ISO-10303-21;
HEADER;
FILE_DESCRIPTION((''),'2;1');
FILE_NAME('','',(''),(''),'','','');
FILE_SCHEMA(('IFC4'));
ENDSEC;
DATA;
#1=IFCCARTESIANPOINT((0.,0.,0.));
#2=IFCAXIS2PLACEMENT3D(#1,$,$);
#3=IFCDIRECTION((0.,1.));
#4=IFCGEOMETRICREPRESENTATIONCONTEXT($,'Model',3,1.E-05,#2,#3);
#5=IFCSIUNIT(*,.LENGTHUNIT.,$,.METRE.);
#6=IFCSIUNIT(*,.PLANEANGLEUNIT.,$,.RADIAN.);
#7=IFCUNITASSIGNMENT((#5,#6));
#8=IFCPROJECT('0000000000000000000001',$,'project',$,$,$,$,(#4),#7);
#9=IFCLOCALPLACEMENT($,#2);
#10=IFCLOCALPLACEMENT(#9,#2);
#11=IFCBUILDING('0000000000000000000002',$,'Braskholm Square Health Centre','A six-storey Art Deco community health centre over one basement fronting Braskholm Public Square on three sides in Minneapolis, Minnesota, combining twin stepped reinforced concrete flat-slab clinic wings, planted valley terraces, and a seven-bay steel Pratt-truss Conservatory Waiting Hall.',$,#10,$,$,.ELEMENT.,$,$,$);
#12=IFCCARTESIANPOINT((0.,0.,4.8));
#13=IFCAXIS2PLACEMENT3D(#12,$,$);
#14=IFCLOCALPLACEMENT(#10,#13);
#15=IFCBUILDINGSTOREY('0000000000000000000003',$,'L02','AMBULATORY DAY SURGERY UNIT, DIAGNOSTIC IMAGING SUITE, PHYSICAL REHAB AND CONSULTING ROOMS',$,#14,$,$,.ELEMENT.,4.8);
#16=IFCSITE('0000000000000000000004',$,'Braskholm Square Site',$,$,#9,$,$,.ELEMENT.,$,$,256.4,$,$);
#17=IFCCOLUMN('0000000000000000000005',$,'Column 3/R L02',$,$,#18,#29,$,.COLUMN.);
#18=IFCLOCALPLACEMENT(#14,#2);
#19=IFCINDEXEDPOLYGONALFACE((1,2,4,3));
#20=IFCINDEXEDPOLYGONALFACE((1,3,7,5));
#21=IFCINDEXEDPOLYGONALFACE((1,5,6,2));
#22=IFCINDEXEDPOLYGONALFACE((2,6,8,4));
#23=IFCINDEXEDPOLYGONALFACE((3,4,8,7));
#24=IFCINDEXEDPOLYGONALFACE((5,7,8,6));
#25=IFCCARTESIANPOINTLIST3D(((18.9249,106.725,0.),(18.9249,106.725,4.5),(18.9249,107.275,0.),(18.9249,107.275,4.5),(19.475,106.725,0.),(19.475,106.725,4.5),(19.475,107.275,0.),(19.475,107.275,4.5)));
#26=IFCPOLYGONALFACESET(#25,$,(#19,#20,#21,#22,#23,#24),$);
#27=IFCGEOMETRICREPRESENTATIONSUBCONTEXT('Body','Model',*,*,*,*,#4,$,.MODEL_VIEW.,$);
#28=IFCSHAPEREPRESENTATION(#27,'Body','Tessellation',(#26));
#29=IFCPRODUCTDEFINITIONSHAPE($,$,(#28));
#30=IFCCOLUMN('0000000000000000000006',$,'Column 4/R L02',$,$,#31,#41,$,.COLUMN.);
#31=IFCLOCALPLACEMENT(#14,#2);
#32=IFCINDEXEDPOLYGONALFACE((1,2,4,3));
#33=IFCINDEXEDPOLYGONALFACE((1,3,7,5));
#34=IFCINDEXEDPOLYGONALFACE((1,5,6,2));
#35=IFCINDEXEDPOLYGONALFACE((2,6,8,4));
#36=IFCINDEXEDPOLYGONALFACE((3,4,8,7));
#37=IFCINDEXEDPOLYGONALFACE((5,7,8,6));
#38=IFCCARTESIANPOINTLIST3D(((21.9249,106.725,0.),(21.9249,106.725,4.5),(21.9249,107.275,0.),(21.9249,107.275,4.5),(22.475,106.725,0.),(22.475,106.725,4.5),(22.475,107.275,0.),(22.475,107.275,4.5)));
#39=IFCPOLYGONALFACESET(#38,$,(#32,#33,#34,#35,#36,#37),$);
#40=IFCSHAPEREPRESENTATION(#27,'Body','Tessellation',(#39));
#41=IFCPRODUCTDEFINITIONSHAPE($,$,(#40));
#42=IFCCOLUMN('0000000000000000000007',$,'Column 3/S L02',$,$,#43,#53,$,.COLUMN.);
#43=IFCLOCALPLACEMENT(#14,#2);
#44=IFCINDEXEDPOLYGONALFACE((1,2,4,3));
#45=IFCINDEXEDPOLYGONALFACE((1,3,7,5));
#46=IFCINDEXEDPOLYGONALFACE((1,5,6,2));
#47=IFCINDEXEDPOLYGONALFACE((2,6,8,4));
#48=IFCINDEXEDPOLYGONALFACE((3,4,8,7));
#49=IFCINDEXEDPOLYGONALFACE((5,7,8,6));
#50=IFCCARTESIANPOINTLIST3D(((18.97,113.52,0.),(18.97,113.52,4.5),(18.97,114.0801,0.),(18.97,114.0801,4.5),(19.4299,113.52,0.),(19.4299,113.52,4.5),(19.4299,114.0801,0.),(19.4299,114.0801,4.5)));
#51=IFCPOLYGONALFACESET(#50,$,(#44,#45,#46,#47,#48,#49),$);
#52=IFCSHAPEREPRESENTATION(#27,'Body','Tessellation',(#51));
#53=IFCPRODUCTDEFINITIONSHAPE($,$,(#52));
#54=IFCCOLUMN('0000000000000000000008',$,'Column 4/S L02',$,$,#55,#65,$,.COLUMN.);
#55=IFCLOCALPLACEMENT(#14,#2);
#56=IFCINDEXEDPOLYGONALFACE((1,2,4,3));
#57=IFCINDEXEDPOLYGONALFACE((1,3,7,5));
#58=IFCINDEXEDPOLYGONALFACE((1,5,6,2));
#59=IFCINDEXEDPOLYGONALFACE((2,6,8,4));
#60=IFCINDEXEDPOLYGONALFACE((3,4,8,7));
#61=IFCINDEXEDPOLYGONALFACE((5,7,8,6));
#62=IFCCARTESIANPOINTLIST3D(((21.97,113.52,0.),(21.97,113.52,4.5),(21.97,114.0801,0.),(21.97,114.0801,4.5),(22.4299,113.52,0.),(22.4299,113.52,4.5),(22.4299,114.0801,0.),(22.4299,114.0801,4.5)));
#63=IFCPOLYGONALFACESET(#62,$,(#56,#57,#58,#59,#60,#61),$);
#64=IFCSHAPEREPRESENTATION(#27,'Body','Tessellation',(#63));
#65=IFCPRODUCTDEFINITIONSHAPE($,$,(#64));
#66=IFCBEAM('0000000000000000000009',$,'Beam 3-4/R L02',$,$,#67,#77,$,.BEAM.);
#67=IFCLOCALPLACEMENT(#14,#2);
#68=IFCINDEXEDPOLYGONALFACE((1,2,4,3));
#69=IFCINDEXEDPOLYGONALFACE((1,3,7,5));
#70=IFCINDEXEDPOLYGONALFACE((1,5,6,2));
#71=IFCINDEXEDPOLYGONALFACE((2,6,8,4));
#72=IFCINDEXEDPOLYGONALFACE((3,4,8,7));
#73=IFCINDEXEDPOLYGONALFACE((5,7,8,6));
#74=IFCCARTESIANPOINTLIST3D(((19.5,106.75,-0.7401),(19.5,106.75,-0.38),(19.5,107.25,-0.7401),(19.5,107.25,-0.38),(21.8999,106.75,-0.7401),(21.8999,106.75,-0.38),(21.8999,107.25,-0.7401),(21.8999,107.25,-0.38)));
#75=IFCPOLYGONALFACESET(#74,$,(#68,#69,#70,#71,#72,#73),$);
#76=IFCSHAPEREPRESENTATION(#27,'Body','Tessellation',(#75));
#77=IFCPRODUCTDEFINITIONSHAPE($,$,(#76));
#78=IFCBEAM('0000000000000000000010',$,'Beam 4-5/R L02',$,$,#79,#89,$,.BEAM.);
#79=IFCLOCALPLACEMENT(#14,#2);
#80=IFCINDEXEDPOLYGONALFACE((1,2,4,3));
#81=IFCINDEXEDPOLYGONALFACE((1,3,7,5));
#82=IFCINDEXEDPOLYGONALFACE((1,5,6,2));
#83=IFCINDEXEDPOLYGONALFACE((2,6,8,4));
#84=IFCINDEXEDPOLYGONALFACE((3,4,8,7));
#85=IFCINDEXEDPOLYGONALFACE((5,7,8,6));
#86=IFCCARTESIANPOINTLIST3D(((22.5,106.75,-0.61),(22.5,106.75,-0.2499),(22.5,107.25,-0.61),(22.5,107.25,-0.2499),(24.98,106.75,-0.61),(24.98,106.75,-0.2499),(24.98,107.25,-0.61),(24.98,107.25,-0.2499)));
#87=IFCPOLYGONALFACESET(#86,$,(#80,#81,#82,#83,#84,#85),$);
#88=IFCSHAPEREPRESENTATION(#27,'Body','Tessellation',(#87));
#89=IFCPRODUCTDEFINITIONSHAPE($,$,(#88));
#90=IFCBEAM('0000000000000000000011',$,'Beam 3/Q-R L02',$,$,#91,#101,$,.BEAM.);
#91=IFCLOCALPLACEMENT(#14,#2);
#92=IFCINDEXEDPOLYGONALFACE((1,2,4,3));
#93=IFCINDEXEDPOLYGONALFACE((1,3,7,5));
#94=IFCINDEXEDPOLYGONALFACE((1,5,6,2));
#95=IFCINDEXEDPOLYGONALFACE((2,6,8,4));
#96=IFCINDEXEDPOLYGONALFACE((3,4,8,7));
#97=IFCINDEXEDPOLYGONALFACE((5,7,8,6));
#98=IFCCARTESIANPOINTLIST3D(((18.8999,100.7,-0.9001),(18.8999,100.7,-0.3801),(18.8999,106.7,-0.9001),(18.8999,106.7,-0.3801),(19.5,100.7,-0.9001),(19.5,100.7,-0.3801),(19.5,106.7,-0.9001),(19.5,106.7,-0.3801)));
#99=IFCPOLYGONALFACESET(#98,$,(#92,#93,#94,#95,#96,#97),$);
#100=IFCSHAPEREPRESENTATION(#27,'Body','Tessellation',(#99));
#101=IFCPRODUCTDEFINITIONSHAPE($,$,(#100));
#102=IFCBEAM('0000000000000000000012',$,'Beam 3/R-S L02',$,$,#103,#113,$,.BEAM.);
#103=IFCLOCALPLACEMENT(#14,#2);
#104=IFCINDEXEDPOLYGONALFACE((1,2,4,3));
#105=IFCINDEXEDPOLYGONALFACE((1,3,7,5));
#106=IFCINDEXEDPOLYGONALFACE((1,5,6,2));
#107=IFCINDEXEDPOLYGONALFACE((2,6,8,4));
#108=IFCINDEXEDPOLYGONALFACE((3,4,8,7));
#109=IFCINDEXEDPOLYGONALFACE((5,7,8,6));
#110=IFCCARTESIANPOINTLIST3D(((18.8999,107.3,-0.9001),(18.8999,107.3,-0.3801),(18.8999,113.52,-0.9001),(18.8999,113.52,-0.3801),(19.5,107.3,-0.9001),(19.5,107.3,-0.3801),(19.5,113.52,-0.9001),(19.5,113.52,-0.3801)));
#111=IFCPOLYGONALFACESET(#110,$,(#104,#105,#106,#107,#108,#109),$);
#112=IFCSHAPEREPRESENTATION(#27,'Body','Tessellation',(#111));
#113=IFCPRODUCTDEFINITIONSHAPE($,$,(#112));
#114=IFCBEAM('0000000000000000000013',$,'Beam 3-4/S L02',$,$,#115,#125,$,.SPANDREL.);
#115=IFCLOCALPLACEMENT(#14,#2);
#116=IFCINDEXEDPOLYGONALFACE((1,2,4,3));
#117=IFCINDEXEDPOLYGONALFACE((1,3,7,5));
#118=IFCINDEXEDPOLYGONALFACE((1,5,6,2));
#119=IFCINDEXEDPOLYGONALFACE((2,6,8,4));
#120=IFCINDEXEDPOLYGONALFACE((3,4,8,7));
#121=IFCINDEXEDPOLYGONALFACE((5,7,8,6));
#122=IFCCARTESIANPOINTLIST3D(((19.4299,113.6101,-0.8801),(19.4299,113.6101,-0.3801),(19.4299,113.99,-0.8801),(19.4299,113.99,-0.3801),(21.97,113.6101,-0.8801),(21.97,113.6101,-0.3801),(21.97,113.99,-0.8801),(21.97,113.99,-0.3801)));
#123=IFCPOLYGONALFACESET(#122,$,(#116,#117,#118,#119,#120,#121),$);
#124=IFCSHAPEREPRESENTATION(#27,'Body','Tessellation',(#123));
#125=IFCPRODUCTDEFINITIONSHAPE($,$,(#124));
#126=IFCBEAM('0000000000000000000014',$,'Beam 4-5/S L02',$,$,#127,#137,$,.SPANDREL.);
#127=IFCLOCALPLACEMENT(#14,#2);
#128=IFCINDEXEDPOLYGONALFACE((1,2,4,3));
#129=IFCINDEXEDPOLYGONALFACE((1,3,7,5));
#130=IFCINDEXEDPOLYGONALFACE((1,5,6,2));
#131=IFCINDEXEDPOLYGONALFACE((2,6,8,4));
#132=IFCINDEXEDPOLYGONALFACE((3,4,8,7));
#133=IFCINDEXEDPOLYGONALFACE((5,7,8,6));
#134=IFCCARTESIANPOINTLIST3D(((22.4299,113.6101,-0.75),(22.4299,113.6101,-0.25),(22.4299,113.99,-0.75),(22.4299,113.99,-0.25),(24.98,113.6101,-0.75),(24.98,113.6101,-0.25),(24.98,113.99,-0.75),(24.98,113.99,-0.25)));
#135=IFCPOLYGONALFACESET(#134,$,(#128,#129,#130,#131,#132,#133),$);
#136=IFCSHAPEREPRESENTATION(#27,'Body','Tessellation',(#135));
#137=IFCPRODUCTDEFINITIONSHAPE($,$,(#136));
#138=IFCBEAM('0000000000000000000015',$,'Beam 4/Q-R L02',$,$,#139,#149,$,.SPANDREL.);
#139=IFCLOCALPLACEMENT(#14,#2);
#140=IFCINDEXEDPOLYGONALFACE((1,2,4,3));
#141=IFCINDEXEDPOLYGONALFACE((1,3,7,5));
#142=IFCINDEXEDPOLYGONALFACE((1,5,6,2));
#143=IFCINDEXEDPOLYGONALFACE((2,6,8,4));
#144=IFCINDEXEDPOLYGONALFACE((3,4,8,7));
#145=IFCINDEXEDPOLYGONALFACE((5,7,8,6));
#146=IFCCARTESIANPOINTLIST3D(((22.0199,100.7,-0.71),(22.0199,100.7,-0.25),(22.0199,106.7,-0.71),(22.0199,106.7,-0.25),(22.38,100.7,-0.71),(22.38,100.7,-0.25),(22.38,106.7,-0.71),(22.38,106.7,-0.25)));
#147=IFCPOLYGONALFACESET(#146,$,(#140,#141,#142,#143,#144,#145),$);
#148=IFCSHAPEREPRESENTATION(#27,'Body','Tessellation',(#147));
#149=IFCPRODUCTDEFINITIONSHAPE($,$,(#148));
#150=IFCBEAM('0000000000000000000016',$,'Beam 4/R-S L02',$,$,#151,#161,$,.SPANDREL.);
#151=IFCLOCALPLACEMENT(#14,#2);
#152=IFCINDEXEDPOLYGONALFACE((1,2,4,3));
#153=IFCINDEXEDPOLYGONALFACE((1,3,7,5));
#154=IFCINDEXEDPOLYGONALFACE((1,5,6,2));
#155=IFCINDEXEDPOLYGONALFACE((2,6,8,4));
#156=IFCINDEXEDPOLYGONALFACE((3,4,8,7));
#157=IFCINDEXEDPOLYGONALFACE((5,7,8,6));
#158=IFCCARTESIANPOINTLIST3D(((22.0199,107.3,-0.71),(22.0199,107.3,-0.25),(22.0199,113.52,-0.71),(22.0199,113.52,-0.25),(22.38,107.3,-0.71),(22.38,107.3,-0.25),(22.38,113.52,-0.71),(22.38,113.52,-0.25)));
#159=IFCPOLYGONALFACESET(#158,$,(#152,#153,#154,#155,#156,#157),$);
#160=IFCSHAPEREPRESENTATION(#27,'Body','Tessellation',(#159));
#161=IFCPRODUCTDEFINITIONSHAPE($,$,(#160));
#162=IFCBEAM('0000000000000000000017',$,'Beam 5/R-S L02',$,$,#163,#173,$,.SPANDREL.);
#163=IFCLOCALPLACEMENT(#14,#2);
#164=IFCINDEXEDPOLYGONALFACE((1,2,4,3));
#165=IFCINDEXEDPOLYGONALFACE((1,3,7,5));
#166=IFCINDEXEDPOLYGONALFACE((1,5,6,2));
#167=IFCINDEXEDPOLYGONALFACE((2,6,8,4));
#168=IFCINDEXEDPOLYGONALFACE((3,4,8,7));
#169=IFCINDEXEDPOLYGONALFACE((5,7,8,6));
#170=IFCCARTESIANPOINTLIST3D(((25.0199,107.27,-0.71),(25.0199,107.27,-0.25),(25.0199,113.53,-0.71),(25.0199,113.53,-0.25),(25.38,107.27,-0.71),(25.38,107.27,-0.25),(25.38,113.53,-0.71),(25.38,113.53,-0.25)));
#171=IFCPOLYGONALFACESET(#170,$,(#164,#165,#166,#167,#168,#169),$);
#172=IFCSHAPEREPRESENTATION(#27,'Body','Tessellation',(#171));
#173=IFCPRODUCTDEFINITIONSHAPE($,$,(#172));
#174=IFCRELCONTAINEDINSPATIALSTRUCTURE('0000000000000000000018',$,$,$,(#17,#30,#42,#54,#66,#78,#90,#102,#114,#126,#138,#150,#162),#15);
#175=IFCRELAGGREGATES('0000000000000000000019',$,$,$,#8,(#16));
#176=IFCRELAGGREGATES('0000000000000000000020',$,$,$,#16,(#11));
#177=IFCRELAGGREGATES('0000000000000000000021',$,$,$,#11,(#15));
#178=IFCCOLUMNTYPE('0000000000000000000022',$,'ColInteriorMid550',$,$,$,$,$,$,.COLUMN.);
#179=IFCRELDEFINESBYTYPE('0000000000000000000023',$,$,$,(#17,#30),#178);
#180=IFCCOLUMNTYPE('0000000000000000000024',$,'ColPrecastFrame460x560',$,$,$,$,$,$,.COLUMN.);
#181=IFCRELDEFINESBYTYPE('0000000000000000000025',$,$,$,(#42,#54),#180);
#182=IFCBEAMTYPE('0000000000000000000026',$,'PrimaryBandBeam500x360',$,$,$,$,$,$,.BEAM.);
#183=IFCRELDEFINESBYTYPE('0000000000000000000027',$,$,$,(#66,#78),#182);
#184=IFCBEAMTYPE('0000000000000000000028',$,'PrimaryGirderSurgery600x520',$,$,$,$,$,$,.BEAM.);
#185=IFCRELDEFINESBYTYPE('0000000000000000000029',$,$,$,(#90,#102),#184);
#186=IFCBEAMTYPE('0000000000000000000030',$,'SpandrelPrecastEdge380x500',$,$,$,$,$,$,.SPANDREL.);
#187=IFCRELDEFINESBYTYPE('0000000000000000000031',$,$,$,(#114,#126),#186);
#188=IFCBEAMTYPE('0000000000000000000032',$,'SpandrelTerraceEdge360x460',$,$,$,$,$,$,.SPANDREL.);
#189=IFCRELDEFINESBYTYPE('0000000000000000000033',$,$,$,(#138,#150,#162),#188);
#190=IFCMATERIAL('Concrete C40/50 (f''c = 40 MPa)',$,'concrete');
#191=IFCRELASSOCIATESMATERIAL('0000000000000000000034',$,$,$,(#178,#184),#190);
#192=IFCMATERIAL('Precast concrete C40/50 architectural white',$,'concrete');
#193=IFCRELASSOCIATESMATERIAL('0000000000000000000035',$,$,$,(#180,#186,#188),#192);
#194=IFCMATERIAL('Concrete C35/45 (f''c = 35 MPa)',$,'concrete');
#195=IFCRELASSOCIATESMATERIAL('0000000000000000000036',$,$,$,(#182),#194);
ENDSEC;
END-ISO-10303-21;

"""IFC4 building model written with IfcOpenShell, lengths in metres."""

from ifc_helpers import new_model, si_unit, direction, frame, origin, origin_2d, place, context, subcontext, project, spatial, rectangle, extrude, material, material_profile, profile_set, type_object, element, save


model = new_model("IFC4")

# Units and contexts
model_context = context("Model", 3, precision=1e-05, world=origin(), true_north=direction((0.0, 1.0)))
body_context = subcontext(model_context, "Body", "Model", "MODEL_VIEW")
ifc_project = project(units=[si_unit("LENGTHUNIT", "METRE"), si_unit("PLANEANGLEUNIT", "RADIAN")], contexts=[model_context])

# Site, building, storey
site_placement = place(None, origin())
site = spatial("IfcSite", under=ifc_project, at=site_placement, Name="Braskholm Square Site", CompositionType="ELEMENT", RefElevation=256.4)
building_placement = place(site_placement, origin())
building = spatial("IfcBuilding", under=site, at=building_placement, Name="Braskholm Square Health Centre", Description="A six-storey Art Deco community health centre over one basement fronting Braskholm Public Square on three sides in Minneapolis, Minnesota, combining twin stepped reinforced concrete flat-slab clinic wings, planted valley terraces, and a seven-bay steel Pratt-truss Conservatory Waiting Hall.", CompositionType="ELEMENT")
storey_placement = place(building_placement, frame((0.0, 0.0, 4.8)))
storey = spatial("IfcBuildingStorey", under=building, at=storey_placement, Name="L02", Description="AMBULATORY DAY SURGERY UNIT, DIAGNOSTIC IMAGING SUITE, PHYSICAL REHAB AND CONSULTING ROOMS", CompositionType="ELEMENT", Elevation=4.8)

# Columns
ifc_material_1 = material(Name="Concrete C40/50 (f'c = 40 MPa)", Category="concrete")
ifc_material_profile_1 = material_profile(ifc_material_1, rectangle(XDim=0.55, YDim=0.55, at=origin_2d()), Name="RC-550X550")
ifc_profile_set_1 = profile_set([ifc_material_profile_1], Name="Concrete C40/50 (f'c = 40 MPa)")
column_type_1 = type_object("IfcColumnType", Name="ColInteriorMid550", PredefinedType="COLUMN", material=ifc_profile_set_1)
for number, where, z_axis, x_axis, name in (
    (1, (19.2, 107.0, 0.0), (0.0, 0.0, 1.0), (1.0, 0.0, 0.0), "Column 3/R L02"),
    (2, (22.2, 107.0, 0.0), (0.0, 0.0, 1.0), (1.0, 0.0, 0.0), "Column 4/R L02"),
):
    element("IfcColumn", number, at=place(storey_placement, frame(where, z_axis=z_axis, x_axis=x_axis)), inside=storey, type_object=column_type_1, Name=name, PredefinedType="COLUMN", context=body_context, shape_type="SweptSolid", body=[
        extrude(rectangle(XDim=0.55, YDim=0.55, at=origin_2d()), origin(), (0.0, 0.0, 1.0), 4.5),
    ])
ifc_material_2 = material(Name="Precast concrete C40/50 architectural white", Category="concrete")
ifc_material_profile_2 = material_profile(ifc_material_2, rectangle(XDim=0.46, YDim=0.5601, at=origin_2d()), Name="RC-460X560")
ifc_profile_set_2 = profile_set([ifc_material_profile_2], Name="Precast concrete C40/50 architectural white")
column_type_2 = type_object("IfcColumnType", Name="ColPrecastFrame460x560", PredefinedType="COLUMN", material=ifc_profile_set_2)
for number, where, z_axis, x_axis, name in (
    (3, (19.2, 113.8, 0.0), (0.0, 0.0, 1.0), (1.0, 0.0, 0.0), "Column 3/S L02"),
    (4, (22.2, 113.8, 0.0), (0.0, 0.0, 1.0), (1.0, 0.0, 0.0), "Column 4/S L02"),
):
    element("IfcColumn", number, at=place(storey_placement, frame(where, z_axis=z_axis, x_axis=x_axis)), inside=storey, type_object=column_type_2, Name=name, PredefinedType="COLUMN", context=body_context, shape_type="SweptSolid", body=[
        extrude(rectangle(XDim=0.46, YDim=0.5601, at=origin_2d()), origin(), (0.0, 0.0, 1.0), 4.5),
    ])

# Beams
ifc_material_3 = material(Name="Concrete C35/45 (f'c = 35 MPa)", Category="concrete")
ifc_material_profile_3 = material_profile(ifc_material_3, rectangle(XDim=0.5, YDim=0.3601, at=origin_2d()), Name="RCB-500X360")
ifc_profile_set_3 = profile_set([ifc_material_profile_3], Name="Concrete C35/45 (f'c = 35 MPa)")
beam_type_1 = type_object("IfcBeamType", Name="PrimaryBandBeam500x360", PredefinedType="BEAM", material=ifc_profile_set_3)
beam_1_placement = place(storey_placement, frame((19.5, 107.0, -0.5601), z_axis=(1.0, 0.0, 0.0), x_axis=(0.0, 1.0, 0.0)))
element("IfcBeam", 5, at=beam_1_placement, inside=storey, type_object=beam_type_1, Name="Beam 3-4/R L02", PredefinedType="BEAM", context=body_context, shape_type="SweptSolid", body=[
    extrude(rectangle(XDim=0.5, YDim=0.3601, at=origin_2d()), origin(), (0.0, 0.0, 1.0), 2.3999),
])
beam_2_placement = place(storey_placement, frame((22.5, 107.0, -0.4299), z_axis=(1.0, 0.0, 0.0), x_axis=(0.0, 1.0, 0.0)))
element("IfcBeam", 6, at=beam_2_placement, inside=storey, type_object=beam_type_1, Name="Beam 4-5/R L02", PredefinedType="BEAM", context=body_context, shape_type="SweptSolid", body=[
    extrude(rectangle(XDim=0.5, YDim=0.3601, at=origin_2d()), origin(), (0.0, 0.0, 1.0), 2.48),
])
ifc_material_profile_4 = material_profile(ifc_material_1, rectangle(XDim=0.6001, YDim=0.52, at=origin_2d()), Name="RCB-600X520")
ifc_profile_set_4 = profile_set([ifc_material_profile_4], Name="Concrete C40/50 (f'c = 40 MPa)")
beam_type_2 = type_object("IfcBeamType", Name="PrimaryGirderSurgery600x520", PredefinedType="BEAM", material=ifc_profile_set_4)
beam_3_placement = place(storey_placement, frame((19.2, 100.7, -0.6401), z_axis=(0.0, 1.0, 0.0), x_axis=(-1.0, 0.0, 0.0)))
element("IfcBeam", 7, at=beam_3_placement, inside=storey, type_object=beam_type_2, Name="Beam 3/Q-R L02", PredefinedType="BEAM", context=body_context, shape_type="SweptSolid", body=[
    extrude(rectangle(XDim=0.6001, YDim=0.52, at=origin_2d()), origin(), (0.0, 0.0, 1.0), 6.0),
])
beam_4_placement = place(storey_placement, frame((19.2, 107.3, -0.6401), z_axis=(0.0, 1.0, 0.0), x_axis=(-1.0, 0.0, 0.0)))
element("IfcBeam", 8, at=beam_4_placement, inside=storey, type_object=beam_type_2, Name="Beam 3/R-S L02", PredefinedType="BEAM", context=body_context, shape_type="SweptSolid", body=[
    extrude(rectangle(XDim=0.6001, YDim=0.52, at=origin_2d()), origin(), (0.0, 0.0, 1.0), 6.22),
])
ifc_material_profile_5 = material_profile(ifc_material_2, rectangle(XDim=0.3799, YDim=0.5, at=origin_2d()), Name="RCB-380X500")
ifc_profile_set_5 = profile_set([ifc_material_profile_5], Name="Precast concrete C40/50 architectural white")
beam_type_3 = type_object("IfcBeamType", Name="SpandrelPrecastEdge380x500", PredefinedType="SPANDREL", material=ifc_profile_set_5)
beam_5_placement = place(storey_placement, frame((19.4299, 113.8, -0.6301), z_axis=(1.0, 0.0, 0.0), x_axis=(0.0, 1.0, 0.0)))
element("IfcBeam", 9, at=beam_5_placement, inside=storey, type_object=beam_type_3, Name="Beam 3-4/S L02", PredefinedType="SPANDREL", context=body_context, shape_type="SweptSolid", body=[
    extrude(rectangle(XDim=0.3799, YDim=0.5, at=origin_2d()), origin(), (0.0, 0.0, 1.0), 2.54),
])
beam_6_placement = place(storey_placement, frame((22.4299, 113.8, -0.5), z_axis=(1.0, 0.0, 0.0), x_axis=(0.0, 1.0, 0.0)))
element("IfcBeam", 10, at=beam_6_placement, inside=storey, type_object=beam_type_3, Name="Beam 4-5/S L02", PredefinedType="SPANDREL", context=body_context, shape_type="SweptSolid", body=[
    extrude(rectangle(XDim=0.3799, YDim=0.5, at=origin_2d()), origin(), (0.0, 0.0, 1.0), 2.55),
])
ifc_material_profile_6 = material_profile(ifc_material_2, rectangle(XDim=0.3601, YDim=0.46, at=origin_2d()), Name="RCB-360X460")
ifc_profile_set_6 = profile_set([ifc_material_profile_6], Name="Precast concrete C40/50 architectural white")
beam_type_4 = type_object("IfcBeamType", Name="SpandrelTerraceEdge360x460", PredefinedType="SPANDREL", material=ifc_profile_set_6)
beam_7_placement = place(storey_placement, frame((22.2, 100.7, -0.48), z_axis=(0.0, 1.0, 0.0), x_axis=(-1.0, 0.0, 0.0)))
element("IfcBeam", 11, at=beam_7_placement, inside=storey, type_object=beam_type_4, Name="Beam 4/Q-R L02", PredefinedType="SPANDREL", context=body_context, shape_type="SweptSolid", body=[
    extrude(rectangle(XDim=0.3601, YDim=0.46, at=origin_2d()), origin(), (0.0, 0.0, 1.0), 6.0),
])
beam_8_placement = place(storey_placement, frame((22.2, 107.3, -0.48), z_axis=(0.0, 1.0, 0.0), x_axis=(-1.0, 0.0, 0.0)))
element("IfcBeam", 12, at=beam_8_placement, inside=storey, type_object=beam_type_4, Name="Beam 4/R-S L02", PredefinedType="SPANDREL", context=body_context, shape_type="SweptSolid", body=[
    extrude(rectangle(XDim=0.3601, YDim=0.46, at=origin_2d()), origin(), (0.0, 0.0, 1.0), 6.22),
])
beam_9_placement = place(storey_placement, frame((25.2, 107.27, -0.48), z_axis=(0.0, 1.0, 0.0), x_axis=(-1.0, 0.0, 0.0)))
element("IfcBeam", 13, at=beam_9_placement, inside=storey, type_object=beam_type_4, Name="Beam 5/R-S L02", PredefinedType="SPANDREL", context=body_context, shape_type="SweptSolid", body=[
    extrude(rectangle(XDim=0.3601, YDim=0.46, at=origin_2d()), origin(), (0.0, 0.0, 1.0), 6.26),
])

save(model, "model.ifc")
